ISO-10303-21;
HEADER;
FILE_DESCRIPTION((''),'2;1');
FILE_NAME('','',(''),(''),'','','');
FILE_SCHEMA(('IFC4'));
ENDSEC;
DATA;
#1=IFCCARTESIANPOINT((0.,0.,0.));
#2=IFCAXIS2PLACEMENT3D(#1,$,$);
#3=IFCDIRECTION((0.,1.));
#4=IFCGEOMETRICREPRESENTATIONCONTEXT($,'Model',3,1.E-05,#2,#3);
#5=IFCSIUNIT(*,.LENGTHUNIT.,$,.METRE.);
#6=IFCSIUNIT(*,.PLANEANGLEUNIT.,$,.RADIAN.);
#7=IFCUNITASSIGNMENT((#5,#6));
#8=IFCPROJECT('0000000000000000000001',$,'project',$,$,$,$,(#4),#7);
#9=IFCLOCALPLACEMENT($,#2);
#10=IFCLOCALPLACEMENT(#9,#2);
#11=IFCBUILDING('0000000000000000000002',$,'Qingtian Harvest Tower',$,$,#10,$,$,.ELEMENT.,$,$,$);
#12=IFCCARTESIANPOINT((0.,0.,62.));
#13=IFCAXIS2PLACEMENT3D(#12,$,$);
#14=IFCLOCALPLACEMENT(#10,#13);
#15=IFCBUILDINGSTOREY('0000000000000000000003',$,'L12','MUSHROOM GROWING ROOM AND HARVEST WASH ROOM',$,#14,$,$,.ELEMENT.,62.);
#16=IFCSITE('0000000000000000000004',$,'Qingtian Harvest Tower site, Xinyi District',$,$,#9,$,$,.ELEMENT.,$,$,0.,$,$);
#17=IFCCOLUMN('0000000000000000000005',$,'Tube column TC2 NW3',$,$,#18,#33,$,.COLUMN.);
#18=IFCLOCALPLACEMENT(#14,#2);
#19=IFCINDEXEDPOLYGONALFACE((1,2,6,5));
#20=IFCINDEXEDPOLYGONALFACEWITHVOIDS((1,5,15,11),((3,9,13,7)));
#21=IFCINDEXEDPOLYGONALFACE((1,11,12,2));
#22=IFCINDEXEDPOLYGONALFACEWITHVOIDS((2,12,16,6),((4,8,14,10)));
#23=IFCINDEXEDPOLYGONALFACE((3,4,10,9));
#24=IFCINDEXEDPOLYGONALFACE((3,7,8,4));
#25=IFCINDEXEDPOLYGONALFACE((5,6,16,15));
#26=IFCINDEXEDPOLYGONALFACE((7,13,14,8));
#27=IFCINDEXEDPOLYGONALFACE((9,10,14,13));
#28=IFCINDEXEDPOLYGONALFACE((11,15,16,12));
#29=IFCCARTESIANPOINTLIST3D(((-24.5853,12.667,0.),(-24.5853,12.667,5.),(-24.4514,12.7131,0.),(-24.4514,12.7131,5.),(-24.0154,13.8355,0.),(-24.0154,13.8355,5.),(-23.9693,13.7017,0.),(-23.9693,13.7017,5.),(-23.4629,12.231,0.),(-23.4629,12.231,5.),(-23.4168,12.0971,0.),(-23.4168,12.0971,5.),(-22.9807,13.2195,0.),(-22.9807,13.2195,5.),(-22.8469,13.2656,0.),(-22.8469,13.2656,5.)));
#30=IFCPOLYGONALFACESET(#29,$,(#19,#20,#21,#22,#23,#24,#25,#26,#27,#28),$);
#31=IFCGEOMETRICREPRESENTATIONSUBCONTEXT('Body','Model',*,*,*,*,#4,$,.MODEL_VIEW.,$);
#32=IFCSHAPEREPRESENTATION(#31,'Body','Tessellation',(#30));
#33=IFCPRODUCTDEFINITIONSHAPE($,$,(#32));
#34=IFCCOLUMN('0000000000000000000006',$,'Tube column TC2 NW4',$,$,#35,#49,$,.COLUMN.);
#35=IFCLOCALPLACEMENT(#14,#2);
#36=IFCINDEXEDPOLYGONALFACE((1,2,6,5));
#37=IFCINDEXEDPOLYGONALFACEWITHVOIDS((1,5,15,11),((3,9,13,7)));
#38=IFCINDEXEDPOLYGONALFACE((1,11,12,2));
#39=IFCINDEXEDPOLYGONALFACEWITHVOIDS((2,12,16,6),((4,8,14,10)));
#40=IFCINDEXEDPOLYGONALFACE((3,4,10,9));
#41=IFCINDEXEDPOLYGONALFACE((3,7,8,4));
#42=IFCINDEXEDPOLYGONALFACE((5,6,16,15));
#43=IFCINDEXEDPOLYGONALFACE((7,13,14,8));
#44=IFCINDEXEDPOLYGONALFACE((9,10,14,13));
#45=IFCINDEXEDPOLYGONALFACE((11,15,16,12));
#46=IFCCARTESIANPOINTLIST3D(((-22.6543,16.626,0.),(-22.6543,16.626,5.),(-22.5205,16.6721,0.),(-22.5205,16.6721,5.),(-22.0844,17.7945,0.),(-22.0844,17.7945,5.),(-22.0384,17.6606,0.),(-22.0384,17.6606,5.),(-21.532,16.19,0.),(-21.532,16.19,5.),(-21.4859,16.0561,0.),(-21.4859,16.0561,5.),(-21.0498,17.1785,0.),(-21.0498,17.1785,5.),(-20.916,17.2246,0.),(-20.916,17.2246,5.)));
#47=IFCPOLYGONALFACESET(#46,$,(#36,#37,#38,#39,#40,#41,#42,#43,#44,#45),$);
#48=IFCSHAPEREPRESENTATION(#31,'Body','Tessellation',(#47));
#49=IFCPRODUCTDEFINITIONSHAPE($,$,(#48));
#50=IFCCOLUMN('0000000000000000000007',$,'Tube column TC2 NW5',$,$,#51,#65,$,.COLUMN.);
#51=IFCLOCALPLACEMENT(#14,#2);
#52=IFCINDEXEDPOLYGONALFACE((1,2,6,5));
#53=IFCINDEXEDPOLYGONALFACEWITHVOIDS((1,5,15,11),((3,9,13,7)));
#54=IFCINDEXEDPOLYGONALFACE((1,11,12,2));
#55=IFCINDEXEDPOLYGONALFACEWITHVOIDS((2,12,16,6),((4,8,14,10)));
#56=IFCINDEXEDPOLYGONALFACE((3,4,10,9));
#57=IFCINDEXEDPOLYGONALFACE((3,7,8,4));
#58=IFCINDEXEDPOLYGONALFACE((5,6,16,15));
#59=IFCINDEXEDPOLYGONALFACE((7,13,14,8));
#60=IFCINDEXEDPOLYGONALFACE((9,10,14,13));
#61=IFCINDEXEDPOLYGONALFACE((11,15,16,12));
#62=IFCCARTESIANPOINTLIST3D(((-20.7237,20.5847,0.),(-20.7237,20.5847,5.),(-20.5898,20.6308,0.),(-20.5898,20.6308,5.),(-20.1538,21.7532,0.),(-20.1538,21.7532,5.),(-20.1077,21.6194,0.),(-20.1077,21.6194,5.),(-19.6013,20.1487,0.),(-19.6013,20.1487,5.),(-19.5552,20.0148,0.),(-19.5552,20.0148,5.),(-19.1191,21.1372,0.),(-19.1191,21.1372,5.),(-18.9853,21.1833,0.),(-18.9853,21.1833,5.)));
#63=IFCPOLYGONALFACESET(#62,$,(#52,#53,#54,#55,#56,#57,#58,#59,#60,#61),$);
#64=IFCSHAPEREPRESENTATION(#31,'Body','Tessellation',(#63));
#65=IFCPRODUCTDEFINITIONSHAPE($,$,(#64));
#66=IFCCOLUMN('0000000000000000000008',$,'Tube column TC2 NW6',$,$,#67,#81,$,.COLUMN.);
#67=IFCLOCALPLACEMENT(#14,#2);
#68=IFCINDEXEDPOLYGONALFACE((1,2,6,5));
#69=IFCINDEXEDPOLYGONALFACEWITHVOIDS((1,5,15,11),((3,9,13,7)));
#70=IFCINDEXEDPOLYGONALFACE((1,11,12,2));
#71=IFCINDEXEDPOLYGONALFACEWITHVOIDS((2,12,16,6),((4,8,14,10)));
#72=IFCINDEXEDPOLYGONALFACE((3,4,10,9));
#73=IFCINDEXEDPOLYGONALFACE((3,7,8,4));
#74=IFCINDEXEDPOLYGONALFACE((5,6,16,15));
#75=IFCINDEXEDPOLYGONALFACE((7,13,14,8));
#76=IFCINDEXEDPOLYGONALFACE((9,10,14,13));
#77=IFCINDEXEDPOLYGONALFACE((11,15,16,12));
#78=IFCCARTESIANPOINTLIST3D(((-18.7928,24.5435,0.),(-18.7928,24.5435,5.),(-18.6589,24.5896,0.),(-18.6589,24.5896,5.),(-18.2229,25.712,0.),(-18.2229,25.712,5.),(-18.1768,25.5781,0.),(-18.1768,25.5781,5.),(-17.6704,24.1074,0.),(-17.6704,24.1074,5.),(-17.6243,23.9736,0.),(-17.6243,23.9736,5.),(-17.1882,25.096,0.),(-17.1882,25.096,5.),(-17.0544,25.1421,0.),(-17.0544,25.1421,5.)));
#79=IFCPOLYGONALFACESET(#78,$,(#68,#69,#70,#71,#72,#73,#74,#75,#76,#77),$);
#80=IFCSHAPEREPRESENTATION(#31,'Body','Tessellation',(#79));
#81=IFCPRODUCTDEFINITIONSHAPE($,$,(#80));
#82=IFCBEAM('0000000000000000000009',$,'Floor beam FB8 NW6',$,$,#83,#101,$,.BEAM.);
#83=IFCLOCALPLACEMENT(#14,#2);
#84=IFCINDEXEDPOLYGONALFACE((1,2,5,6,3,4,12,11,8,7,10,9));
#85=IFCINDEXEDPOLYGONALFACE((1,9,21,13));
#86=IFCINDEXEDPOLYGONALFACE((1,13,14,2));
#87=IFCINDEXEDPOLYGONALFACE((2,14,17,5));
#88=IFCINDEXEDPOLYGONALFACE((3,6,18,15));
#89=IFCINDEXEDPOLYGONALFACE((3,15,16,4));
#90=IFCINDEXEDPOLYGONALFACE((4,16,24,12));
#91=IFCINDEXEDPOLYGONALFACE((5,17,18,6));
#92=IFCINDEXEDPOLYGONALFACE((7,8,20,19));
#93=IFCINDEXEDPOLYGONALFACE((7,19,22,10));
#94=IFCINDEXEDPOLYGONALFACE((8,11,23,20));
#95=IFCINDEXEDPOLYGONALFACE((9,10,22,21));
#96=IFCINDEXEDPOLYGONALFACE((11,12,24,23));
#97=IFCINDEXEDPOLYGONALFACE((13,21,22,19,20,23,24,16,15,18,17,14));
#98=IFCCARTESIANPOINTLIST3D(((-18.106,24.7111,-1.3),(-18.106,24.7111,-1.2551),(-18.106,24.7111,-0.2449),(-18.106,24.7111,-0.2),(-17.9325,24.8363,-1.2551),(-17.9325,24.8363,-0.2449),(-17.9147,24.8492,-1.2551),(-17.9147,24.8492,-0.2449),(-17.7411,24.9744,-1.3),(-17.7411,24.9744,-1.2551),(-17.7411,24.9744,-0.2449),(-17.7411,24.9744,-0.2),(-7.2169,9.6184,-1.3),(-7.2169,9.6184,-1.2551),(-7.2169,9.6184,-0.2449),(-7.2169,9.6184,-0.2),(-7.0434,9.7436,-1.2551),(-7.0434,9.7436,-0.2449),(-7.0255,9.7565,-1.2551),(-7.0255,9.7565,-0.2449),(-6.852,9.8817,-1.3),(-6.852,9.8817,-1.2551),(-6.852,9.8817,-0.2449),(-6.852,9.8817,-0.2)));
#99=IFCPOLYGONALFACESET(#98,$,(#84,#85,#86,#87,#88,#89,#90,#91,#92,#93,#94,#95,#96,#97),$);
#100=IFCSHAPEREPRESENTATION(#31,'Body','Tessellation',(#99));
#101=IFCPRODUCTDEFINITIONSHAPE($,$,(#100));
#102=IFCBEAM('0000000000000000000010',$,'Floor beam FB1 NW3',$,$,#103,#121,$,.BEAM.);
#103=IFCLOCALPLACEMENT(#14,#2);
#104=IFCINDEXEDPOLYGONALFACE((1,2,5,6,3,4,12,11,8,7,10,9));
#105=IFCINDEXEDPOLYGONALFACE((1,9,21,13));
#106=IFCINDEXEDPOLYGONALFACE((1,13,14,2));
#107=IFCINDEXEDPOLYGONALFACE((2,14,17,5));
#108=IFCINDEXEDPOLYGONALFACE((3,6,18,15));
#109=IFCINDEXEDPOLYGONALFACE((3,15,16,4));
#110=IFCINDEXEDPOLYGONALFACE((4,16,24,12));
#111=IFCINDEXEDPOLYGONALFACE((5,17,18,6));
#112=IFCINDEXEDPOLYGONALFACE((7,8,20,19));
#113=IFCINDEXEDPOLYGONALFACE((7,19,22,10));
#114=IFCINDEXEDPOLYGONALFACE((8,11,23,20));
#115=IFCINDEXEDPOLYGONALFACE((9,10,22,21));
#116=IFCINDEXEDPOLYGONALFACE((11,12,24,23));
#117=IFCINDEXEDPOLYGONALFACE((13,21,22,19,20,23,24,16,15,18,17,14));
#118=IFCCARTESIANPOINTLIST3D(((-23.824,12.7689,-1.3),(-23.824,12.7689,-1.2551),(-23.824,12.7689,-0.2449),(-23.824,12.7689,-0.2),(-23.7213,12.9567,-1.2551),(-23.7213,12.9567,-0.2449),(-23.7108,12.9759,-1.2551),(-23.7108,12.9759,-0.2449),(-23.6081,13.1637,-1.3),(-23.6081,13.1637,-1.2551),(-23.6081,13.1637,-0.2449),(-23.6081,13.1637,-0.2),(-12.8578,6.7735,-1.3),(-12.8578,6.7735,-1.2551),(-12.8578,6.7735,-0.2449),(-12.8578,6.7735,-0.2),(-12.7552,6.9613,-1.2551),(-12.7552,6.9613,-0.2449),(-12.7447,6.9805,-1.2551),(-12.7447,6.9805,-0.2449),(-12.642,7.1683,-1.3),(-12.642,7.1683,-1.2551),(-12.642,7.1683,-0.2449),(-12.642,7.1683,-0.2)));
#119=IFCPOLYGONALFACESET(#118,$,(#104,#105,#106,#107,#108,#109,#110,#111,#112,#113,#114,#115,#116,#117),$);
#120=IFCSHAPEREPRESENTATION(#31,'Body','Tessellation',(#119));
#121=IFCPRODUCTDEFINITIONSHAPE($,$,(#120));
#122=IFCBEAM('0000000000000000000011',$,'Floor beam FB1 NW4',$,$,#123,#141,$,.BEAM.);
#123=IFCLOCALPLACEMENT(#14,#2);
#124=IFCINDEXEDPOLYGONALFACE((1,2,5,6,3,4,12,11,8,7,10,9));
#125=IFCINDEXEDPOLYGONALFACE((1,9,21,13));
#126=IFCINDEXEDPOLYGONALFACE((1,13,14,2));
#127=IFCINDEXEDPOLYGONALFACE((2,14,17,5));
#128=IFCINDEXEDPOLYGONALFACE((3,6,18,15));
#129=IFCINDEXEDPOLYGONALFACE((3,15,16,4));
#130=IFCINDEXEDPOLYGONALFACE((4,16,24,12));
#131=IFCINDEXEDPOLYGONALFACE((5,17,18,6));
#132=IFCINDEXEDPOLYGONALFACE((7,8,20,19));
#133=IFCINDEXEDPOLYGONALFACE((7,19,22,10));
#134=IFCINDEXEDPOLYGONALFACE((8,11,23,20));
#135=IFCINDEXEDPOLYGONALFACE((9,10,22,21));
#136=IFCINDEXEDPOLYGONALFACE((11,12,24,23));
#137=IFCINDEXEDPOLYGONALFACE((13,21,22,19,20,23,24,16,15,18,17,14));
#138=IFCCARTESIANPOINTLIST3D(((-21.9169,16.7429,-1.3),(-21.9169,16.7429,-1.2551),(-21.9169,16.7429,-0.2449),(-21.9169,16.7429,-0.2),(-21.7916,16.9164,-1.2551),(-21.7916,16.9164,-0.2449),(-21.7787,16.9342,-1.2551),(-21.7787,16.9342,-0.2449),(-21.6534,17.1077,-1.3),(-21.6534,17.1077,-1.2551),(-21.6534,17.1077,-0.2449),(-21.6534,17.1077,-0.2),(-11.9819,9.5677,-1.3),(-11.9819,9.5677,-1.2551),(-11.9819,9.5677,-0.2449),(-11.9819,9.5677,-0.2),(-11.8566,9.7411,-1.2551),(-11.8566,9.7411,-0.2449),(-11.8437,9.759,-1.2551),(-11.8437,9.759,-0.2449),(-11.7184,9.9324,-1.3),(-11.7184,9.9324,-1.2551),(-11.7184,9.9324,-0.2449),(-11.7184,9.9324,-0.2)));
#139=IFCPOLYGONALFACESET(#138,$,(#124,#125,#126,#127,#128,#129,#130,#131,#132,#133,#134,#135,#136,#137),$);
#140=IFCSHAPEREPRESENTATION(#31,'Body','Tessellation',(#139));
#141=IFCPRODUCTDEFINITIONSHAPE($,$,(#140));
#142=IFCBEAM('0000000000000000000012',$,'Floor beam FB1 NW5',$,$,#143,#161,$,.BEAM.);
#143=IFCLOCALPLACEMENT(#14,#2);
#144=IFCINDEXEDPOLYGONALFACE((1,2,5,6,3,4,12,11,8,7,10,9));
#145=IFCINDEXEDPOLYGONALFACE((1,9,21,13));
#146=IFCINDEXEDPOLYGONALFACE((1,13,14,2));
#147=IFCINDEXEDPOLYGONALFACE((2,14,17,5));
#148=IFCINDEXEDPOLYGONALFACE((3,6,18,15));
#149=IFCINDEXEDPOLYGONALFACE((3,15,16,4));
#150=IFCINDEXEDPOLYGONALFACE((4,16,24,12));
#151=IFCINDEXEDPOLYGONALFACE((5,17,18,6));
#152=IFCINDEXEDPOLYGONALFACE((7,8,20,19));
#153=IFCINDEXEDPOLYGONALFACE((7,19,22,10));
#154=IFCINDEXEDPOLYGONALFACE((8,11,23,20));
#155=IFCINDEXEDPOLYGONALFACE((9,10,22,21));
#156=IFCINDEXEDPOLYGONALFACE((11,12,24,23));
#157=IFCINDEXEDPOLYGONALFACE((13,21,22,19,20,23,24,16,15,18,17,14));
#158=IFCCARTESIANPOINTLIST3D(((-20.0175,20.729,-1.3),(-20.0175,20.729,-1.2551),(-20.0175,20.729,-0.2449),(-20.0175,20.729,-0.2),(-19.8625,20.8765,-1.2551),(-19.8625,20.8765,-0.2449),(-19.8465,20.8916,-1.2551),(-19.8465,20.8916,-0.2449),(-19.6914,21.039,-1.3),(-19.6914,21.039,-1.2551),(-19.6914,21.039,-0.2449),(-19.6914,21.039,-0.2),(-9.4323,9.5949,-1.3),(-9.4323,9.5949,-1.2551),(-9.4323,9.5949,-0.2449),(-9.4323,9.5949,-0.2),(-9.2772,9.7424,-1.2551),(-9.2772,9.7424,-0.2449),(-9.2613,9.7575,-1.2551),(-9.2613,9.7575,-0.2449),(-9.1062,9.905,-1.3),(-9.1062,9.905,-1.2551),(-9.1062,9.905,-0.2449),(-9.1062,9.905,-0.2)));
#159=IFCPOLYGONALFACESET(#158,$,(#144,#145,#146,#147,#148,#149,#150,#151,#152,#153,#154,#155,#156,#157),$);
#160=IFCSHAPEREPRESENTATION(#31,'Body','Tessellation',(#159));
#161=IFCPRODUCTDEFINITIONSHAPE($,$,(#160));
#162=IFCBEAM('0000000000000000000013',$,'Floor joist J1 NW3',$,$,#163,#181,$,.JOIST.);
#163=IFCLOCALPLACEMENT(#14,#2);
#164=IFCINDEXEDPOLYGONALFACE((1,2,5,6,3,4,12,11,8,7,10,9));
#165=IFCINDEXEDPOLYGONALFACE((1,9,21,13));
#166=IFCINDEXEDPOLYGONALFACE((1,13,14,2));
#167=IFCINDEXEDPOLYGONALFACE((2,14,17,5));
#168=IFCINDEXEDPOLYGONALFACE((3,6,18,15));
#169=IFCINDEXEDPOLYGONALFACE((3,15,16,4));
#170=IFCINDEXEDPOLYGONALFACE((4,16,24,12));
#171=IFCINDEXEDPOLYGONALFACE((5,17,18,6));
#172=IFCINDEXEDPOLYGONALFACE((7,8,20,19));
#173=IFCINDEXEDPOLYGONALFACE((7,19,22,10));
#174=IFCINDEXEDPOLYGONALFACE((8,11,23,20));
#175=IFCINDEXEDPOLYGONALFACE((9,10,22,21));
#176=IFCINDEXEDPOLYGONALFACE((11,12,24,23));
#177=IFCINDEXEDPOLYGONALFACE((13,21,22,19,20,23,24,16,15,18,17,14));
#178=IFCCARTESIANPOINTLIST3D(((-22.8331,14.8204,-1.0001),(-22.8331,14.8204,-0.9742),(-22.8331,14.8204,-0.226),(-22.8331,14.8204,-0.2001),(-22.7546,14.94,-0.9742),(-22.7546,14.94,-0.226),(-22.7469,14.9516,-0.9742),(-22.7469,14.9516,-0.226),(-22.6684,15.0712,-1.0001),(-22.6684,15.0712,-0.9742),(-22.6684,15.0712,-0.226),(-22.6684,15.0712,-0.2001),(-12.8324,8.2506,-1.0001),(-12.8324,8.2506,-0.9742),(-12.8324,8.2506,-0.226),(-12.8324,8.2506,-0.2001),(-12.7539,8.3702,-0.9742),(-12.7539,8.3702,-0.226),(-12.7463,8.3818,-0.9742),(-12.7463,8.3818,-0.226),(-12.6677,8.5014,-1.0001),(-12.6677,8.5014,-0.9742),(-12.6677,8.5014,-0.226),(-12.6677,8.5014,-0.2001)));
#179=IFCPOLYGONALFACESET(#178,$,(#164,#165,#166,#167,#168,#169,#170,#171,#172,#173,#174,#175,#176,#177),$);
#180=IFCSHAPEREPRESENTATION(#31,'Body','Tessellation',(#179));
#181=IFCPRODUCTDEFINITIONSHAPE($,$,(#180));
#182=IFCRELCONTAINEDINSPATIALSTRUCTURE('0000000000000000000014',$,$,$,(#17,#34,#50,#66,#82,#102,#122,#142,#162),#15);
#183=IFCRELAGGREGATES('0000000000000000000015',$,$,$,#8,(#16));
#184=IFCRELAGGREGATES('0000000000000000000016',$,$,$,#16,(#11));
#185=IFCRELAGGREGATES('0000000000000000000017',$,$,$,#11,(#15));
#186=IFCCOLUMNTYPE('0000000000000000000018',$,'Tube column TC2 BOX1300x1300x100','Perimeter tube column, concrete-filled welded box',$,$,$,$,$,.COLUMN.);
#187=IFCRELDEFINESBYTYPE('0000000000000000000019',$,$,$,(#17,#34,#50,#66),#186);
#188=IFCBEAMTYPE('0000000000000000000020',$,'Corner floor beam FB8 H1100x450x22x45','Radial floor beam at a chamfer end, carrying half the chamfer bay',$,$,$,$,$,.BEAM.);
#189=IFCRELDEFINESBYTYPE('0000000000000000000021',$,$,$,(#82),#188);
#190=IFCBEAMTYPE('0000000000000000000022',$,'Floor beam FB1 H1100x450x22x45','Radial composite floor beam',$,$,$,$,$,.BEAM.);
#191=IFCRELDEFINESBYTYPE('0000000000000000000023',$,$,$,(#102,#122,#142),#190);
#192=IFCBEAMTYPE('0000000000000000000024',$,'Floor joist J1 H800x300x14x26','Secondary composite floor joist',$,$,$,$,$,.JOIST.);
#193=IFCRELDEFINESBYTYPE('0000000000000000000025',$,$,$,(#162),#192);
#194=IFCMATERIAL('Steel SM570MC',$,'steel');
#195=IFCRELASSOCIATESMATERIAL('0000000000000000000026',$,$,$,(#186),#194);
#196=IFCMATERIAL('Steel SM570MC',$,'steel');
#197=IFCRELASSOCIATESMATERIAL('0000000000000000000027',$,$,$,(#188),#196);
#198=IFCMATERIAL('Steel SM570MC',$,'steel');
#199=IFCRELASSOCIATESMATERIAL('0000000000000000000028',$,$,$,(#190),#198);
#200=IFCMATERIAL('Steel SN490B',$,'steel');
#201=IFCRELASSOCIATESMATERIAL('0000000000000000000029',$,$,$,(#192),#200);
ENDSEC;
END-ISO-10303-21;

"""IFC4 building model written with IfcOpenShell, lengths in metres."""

from ifc_helpers import new_model, si_unit, direction, frame, origin, origin_2d, place, context, subcontext, project, spatial, hollow_rectangle, i_section, extrude, material, material_profile, profile_set, type_object, element, save


model = new_model("IFC4")

# Units and contexts
model_context = context("Model", 3, precision=1e-05, world=origin(), true_north=direction((0.0, 1.0)))
body_context = subcontext(model_context, "Body", "Model", "MODEL_VIEW")
ifc_project = project(units=[si_unit("LENGTHUNIT", "METRE"), si_unit("PLANEANGLEUNIT", "RADIAN")], contexts=[model_context])

# Site, building, storey
site_placement = place(None, origin())
site = spatial("IfcSite", under=ifc_project, at=site_placement, Name="Qingtian Harvest Tower site, Xinyi District", CompositionType="ELEMENT", RefElevation=0.0)
building_placement = place(site_placement, origin())
building = spatial("IfcBuilding", under=site, at=building_placement, Name="Qingtian Harvest Tower", CompositionType="ELEMENT")
storey_placement = place(building_placement, frame((0.0, 0.0, 62.0)))
storey = spatial("IfcBuildingStorey", under=building, at=storey_placement, Name="L12", Description="MUSHROOM GROWING ROOM AND HARVEST WASH ROOM", CompositionType="ELEMENT", Elevation=62.0)

# Columns
ifc_material_1 = material(Name="Steel SM570MC", Category="steel")
ifc_material_profile_1 = material_profile(ifc_material_1, hollow_rectangle(XDim=1.3, YDim=1.3, WallThickness=0.1001, at=origin_2d()), Name="BOX1300x1300x100")
ifc_profile_set_1 = profile_set([ifc_material_profile_1], Name="Steel SM570MC")
column_type = type_object("IfcColumnType", Name="Tube column TC2 BOX1300x1300x100", Description="Perimeter tube column, concrete-filled welded box", PredefinedType="COLUMN", material=ifc_profile_set_1)
for number, where, z_axis, x_axis, name in (
    (1, (-23.7161, 12.9663, 0.0), (0.0, 0.0, 1.0), (-0.438371, -0.898794, 0.0), "Tube column TC2 NW3"),
    (2, (-21.7852, 16.9253, 0.0), (0.0, 0.0, 1.0), (-0.438371, -0.898794, 0.0), "Tube column TC2 NW4"),
    (3, (-19.8545, 20.884, 0.0), (0.0, 0.0, 1.0), (-0.438371, -0.898794, 0.0), "Tube column TC2 NW5"),
    (4, (-17.9236, 24.8428, 0.0), (0.0, 0.0, 1.0), (-0.438371, -0.898794, 0.0), "Tube column TC2 NW6"),
):
    element("IfcColumn", number, at=place(storey_placement, frame(where, z_axis=z_axis, x_axis=x_axis)), inside=storey, type_object=column_type, Name=name, PredefinedType="COLUMN", context=body_context, shape_type="SweptSolid", body=[
        extrude(hollow_rectangle(XDim=1.3, YDim=1.3, WallThickness=0.1001, at=origin_2d()), origin(), (0.0, 0.0, 1.0), 5.0),
    ])

# Beams
ifc_material_2 = material(Name="Steel SM570MC", Category="steel")
ifc_material_profile_2 = material_profile(ifc_material_2, i_section(OverallWidth=0.45, OverallDepth=1.1001, WebThickness=0.022, FlangeThickness=0.0449, at=origin_2d()), Name="H1100x450x22x45")
ifc_profile_set_2 = profile_set([ifc_material_profile_2], Name="Steel SM570MC")
beam_type_1 = type_object("IfcBeamType", Name="Corner floor beam FB8 H1100x450x22x45", Description="Radial floor beam at a chamfer end, carrying half the chamfer bay", PredefinedType="BEAM", material=ifc_profile_set_2)
beam_1_placement = place(storey_placement, frame((-17.9236, 24.8428, -0.75), z_axis=(0.585096, -0.810964, 0.0), x_axis=(0.810964, 0.585096, 0.0)))
element("IfcBeam", 5, at=beam_1_placement, inside=storey, type_object=beam_type_1, Name="Floor beam FB8 NW6", PredefinedType="BEAM", context=body_context, shape_type="SweptSolid", body=[
    extrude(i_section(OverallWidth=0.45, OverallDepth=1.1001, WebThickness=0.022, FlangeThickness=0.0449, at=origin_2d()), origin(), (0.0, 0.0, 1.0), 18.6108),
])
ifc_material_3 = material(Name="Steel SM570MC", Category="steel")
ifc_material_profile_3 = material_profile(ifc_material_3, i_section(OverallWidth=0.45, OverallDepth=1.1001, WebThickness=0.022, FlangeThickness=0.0449, at=origin_2d()), Name="H1100x450x22x45")
ifc_profile_set_3 = profile_set([ifc_material_profile_3], Name="Steel SM570MC")
beam_type_2 = type_object("IfcBeamType", Name="Floor beam FB1 H1100x450x22x45", Description="Radial composite floor beam", PredefinedType="BEAM", material=ifc_profile_set_3)
beam_2_placement = place(storey_placement, frame((-23.7161, 12.9663, -0.75), z_axis=(0.877429, -0.479707, 0.0), x_axis=(0.479707, 0.877429, 0.0)))
element("IfcBeam", 6, at=beam_2_placement, inside=storey, type_object=beam_type_2, Name="Floor beam FB1 NW3", PredefinedType="BEAM", context=body_context, shape_type="SweptSolid", body=[
    extrude(i_section(OverallWidth=0.45, OverallDepth=1.1001, WebThickness=0.022, FlangeThickness=0.0449, at=origin_2d()), origin(), (0.0, 0.0, 1.0), 12.498),
])
beam_3_placement = place(storey_placement, frame((-21.7852, 16.9253, -0.75), z_axis=(0.81068, -0.585489, 0.0), x_axis=(0.585489, 0.81068, 0.0)))
element("IfcBeam", 7, at=beam_3_placement, inside=storey, type_object=beam_type_2, Name="Floor beam FB1 NW4", PredefinedType="BEAM", context=body_context, shape_type="SweptSolid", body=[
    extrude(i_section(OverallWidth=0.45, OverallDepth=1.1001, WebThickness=0.022, FlangeThickness=0.0449, at=origin_2d()), origin(), (0.0, 0.0, 1.0), 12.2551),
])
beam_4_placement = place(storey_placement, frame((-19.8545, 20.884, -0.75), z_axis=(0.689019, -0.724743, 0.0), x_axis=(0.724743, 0.689019, 0.0)))
element("IfcBeam", 8, at=beam_4_placement, inside=storey, type_object=beam_type_2, Name="Floor beam FB1 NW5", PredefinedType="BEAM", context=body_context, shape_type="SweptSolid", body=[
    extrude(i_section(OverallWidth=0.45, OverallDepth=1.1001, WebThickness=0.022, FlangeThickness=0.0449, at=origin_2d()), origin(), (0.0, 0.0, 1.0), 15.3628),
])
ifc_material_4 = material(Name="Steel SN490B", Category="steel")
ifc_material_profile_4 = material_profile(ifc_material_4, i_section(OverallWidth=0.3, OverallDepth=0.8, WebThickness=0.0139, FlangeThickness=0.0259, at=origin_2d()), Name="H800x300x14x26")
ifc_profile_set_4 = profile_set([ifc_material_profile_4], Name="Steel SN490B")
beam_type_3 = type_object("IfcBeamType", Name="Floor joist J1 H800x300x14x26", Description="Secondary composite floor joist", PredefinedType="JOIST", material=ifc_profile_set_4)
beam_5_placement = place(storey_placement, frame((-22.7507, 14.9458, -0.6001), z_axis=(0.835785, -0.549056, 0.0), x_axis=(0.549056, 0.835785, 0.0)))
element("IfcBeam", 9, at=beam_5_placement, inside=storey, type_object=beam_type_3, Name="Floor joist J1 NW3", PredefinedType="JOIST", context=body_context, shape_type="SweptSolid", body=[
    extrude(i_section(OverallWidth=0.3, OverallDepth=0.8, WebThickness=0.0139, FlangeThickness=0.0259, at=origin_2d()), origin(), (0.0, 0.0, 1.0), 11.9656),
])

save(model, "model.ifc")
